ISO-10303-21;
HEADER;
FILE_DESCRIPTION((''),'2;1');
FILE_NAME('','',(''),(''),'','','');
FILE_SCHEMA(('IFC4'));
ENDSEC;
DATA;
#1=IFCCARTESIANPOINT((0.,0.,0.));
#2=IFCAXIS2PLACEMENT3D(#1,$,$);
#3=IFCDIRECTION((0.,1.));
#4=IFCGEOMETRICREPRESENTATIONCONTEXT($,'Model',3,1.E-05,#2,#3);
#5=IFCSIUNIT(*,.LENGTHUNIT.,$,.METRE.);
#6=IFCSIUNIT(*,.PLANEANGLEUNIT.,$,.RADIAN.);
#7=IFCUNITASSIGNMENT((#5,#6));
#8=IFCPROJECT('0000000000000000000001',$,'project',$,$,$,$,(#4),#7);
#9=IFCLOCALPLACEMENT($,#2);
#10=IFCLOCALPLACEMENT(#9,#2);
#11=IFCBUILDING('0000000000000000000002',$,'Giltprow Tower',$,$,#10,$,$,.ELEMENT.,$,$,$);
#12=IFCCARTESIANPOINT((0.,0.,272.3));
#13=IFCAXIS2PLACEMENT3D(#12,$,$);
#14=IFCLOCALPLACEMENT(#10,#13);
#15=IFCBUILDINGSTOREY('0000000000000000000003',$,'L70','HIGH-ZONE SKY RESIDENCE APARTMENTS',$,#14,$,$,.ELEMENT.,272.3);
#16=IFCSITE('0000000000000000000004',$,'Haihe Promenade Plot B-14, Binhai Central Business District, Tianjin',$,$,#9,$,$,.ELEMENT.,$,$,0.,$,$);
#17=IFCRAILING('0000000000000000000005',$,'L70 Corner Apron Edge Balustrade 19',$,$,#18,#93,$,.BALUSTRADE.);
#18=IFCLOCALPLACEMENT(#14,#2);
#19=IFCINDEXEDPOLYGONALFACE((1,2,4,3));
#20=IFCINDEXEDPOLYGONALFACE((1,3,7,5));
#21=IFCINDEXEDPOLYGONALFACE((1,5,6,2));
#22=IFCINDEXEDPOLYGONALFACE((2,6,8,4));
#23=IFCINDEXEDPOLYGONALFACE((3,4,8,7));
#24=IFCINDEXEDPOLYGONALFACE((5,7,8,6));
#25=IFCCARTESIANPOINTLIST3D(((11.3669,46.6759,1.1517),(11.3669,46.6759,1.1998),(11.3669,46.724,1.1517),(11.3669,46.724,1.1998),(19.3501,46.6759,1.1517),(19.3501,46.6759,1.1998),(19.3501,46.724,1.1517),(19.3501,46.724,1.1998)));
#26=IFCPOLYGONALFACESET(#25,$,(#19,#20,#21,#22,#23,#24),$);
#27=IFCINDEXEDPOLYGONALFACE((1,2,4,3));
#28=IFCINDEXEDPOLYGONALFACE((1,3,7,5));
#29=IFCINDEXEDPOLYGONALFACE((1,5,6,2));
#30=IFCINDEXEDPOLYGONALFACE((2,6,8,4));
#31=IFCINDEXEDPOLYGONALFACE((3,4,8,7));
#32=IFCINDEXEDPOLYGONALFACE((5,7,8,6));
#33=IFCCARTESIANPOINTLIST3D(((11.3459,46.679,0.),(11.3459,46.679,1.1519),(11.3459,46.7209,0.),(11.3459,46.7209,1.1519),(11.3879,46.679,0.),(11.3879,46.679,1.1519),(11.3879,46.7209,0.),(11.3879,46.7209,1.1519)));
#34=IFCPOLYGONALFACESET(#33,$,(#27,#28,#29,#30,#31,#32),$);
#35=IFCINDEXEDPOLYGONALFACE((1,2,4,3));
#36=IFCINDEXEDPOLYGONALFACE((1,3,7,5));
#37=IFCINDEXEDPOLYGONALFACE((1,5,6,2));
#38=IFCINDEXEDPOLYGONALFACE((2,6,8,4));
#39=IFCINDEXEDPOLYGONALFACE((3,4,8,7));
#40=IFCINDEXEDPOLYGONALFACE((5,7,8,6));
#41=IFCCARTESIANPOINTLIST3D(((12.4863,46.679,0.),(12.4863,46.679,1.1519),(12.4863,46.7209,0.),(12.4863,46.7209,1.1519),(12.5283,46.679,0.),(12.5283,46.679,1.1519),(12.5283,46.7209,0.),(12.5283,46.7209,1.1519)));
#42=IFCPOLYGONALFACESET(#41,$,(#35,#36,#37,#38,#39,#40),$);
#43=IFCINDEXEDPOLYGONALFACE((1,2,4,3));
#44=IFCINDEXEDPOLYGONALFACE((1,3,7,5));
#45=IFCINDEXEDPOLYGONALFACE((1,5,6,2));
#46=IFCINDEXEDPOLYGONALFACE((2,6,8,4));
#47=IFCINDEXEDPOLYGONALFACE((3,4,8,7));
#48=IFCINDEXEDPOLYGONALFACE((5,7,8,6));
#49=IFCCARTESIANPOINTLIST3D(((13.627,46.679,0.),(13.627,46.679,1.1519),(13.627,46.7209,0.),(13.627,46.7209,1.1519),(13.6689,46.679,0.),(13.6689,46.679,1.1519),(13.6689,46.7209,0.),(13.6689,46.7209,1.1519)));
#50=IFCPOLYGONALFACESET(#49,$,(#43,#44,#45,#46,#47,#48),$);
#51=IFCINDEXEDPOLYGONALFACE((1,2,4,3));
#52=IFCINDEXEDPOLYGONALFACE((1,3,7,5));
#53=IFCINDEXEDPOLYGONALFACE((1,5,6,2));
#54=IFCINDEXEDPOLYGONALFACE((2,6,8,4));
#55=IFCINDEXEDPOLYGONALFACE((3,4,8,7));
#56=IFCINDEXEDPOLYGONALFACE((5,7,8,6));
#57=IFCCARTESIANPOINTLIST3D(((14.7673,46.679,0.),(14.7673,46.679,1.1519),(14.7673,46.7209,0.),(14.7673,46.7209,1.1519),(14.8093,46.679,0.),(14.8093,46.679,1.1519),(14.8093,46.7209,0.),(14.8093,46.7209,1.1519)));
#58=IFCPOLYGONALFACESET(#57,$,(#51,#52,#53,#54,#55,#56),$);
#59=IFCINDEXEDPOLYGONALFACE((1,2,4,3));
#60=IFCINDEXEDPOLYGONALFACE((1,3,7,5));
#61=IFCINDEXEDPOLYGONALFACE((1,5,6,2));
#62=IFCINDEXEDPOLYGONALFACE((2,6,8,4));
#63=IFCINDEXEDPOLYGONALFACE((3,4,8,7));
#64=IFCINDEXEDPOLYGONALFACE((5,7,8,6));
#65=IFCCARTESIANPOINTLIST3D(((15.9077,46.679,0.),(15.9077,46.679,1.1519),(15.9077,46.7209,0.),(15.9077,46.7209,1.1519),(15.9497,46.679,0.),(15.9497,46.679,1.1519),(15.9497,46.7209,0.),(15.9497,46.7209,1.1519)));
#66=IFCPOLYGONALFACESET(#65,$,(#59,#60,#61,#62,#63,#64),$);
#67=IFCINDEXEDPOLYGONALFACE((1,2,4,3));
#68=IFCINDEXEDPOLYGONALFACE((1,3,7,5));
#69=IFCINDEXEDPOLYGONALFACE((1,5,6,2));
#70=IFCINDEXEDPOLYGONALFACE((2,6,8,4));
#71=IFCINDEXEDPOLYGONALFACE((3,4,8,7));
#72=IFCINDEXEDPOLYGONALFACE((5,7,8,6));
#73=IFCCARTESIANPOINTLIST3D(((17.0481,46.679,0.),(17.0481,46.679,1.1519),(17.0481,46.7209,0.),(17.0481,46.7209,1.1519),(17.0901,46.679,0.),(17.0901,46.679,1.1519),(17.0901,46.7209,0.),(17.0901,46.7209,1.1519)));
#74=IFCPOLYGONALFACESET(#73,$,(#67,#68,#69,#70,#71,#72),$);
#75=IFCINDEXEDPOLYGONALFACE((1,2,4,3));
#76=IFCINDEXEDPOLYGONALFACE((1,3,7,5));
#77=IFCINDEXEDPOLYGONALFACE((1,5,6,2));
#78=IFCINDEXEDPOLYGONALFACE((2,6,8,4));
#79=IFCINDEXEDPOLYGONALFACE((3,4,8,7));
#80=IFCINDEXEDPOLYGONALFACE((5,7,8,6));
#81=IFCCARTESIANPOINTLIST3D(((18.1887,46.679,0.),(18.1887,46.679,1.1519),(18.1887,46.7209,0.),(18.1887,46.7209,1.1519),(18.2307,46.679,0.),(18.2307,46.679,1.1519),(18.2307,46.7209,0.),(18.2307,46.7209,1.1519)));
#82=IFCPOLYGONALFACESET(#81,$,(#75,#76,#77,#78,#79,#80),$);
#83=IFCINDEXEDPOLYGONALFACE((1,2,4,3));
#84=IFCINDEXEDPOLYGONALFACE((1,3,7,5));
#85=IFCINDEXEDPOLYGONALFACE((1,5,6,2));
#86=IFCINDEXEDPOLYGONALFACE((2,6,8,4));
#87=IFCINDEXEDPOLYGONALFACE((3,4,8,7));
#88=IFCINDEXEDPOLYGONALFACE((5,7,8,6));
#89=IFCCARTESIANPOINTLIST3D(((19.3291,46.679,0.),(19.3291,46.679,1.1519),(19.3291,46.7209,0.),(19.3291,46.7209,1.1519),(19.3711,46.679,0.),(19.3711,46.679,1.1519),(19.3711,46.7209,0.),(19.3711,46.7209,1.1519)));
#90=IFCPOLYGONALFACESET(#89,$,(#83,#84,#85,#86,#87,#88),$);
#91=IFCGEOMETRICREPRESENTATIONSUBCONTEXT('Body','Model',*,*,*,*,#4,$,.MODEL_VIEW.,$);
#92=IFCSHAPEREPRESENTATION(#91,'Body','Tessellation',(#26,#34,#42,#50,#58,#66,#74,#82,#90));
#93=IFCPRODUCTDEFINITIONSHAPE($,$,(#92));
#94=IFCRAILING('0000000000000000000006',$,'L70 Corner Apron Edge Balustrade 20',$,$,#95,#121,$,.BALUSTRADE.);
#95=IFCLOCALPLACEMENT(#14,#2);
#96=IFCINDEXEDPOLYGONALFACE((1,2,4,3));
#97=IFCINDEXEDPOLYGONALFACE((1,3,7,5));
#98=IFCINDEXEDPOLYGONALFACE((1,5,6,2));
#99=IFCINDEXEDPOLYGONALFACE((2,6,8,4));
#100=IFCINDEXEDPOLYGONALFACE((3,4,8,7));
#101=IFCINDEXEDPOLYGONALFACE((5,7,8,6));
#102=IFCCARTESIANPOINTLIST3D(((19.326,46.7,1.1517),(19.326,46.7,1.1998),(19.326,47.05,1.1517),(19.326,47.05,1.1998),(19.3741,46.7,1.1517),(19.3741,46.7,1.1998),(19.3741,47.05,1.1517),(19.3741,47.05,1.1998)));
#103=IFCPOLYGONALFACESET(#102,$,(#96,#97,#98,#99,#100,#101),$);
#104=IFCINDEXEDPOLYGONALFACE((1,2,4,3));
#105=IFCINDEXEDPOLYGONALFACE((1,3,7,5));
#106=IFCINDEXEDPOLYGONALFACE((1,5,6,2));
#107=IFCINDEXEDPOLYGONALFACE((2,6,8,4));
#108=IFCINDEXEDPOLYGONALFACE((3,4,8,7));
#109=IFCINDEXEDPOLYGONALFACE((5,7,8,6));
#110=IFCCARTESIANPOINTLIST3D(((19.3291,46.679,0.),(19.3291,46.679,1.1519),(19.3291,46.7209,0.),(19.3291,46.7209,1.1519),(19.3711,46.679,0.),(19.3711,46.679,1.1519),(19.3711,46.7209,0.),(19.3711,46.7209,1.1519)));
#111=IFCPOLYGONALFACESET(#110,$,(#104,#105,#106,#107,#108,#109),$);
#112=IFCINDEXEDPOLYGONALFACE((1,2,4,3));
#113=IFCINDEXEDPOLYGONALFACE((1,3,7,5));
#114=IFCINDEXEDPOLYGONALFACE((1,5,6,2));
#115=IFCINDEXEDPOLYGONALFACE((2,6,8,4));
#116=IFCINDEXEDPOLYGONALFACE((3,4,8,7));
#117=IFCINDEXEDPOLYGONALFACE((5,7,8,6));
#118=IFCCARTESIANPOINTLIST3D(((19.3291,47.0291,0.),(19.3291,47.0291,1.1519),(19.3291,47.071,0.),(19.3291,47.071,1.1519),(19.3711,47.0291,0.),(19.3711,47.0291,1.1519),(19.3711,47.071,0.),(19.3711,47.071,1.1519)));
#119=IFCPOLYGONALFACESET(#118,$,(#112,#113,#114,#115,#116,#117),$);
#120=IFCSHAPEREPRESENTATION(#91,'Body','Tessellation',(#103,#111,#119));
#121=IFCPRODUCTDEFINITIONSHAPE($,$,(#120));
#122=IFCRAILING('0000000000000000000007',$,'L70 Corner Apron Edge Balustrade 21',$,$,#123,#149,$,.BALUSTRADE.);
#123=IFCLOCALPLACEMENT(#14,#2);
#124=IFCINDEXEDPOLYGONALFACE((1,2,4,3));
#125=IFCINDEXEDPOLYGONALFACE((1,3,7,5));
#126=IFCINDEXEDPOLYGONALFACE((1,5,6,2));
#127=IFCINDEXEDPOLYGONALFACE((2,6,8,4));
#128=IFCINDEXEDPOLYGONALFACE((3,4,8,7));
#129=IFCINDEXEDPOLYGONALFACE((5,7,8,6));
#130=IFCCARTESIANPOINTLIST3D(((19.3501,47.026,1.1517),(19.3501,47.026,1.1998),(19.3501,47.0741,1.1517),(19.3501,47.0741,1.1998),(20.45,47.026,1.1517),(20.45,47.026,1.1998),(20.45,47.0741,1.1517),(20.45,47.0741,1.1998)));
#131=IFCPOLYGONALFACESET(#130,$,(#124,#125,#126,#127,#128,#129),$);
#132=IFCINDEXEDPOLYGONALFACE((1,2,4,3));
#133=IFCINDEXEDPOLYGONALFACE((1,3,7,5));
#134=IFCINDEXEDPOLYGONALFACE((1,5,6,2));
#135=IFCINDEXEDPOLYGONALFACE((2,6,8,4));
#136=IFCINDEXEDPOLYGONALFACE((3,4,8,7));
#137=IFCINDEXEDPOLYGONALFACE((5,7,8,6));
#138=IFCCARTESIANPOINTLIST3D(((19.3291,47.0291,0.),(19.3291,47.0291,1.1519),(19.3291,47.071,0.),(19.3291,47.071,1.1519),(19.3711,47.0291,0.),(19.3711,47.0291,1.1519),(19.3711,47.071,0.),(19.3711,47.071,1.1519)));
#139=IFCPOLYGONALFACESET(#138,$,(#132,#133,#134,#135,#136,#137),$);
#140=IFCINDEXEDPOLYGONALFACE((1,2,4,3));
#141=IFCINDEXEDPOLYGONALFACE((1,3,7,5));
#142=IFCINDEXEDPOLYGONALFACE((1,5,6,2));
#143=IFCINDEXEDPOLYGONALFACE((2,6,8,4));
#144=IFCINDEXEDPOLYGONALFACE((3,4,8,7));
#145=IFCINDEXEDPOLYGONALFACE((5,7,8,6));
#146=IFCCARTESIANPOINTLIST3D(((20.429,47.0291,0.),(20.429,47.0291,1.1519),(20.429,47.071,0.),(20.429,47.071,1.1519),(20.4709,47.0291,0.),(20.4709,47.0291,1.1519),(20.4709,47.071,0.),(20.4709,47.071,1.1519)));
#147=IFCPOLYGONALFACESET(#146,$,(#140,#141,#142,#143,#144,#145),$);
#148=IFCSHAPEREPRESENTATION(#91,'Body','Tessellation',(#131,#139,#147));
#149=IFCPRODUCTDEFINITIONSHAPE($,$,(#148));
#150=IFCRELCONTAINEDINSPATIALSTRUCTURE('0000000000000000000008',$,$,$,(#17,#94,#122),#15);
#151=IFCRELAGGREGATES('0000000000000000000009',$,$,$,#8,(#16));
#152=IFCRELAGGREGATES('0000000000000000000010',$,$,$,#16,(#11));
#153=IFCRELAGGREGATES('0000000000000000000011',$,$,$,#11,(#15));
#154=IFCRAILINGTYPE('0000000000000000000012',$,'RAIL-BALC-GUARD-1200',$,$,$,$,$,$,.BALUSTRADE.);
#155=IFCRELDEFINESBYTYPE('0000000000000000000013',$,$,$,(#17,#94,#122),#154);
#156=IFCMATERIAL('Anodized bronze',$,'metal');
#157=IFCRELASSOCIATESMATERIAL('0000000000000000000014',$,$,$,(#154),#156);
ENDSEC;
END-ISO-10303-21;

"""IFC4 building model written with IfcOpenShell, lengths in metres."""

from ifc_helpers import new_model, si_unit, direction, frame, origin, origin_2d, place, context, subcontext, project, spatial, rectangle, extrude, material, type_object, element, save


model = new_model("IFC4")

# Units and contexts
model_context = context("Model", 3, precision=1e-05, world=origin(), true_north=direction((0.0, 1.0)))
body_context = subcontext(model_context, "Body", "Model", "MODEL_VIEW")
ifc_project = project(units=[si_unit("LENGTHUNIT", "METRE"), si_unit("PLANEANGLEUNIT", "RADIAN")], contexts=[model_context])

# Site, building, storey
site_placement = place(None, origin())
site = spatial("IfcSite", under=ifc_project, at=site_placement, Name="Haihe Promenade Plot B-14, Binhai Central Business District, Tianjin", CompositionType="ELEMENT", RefElevation=0.0)
building_placement = place(site_placement, origin())
building = spatial("IfcBuilding", under=site, at=building_placement, Name="Giltprow Tower", CompositionType="ELEMENT")
storey_placement = place(building_placement, frame((0.0, 0.0, 272.3)))
storey = spatial("IfcBuildingStorey", under=building, at=storey_placement, Name="L70", Description="HIGH-ZONE SKY RESIDENCE APARTMENTS", CompositionType="ELEMENT", Elevation=272.3)

# Railings
ifc_material_1 = material(Name="Anodized bronze", Category="metal")
railing_type = type_object("IfcRailingType", Name="RAIL-BALC-GUARD-1200", PredefinedType="BALUSTRADE", material=ifc_material_1)
railing_1_placement = place(storey_placement, frame((11.3669, 46.7, 0.0)))
element("IfcRailing", 1, at=railing_1_placement, inside=storey, type_object=railing_type, Name="L70 Corner Apron Edge Balustrade 19", PredefinedType="BALUSTRADE", context=body_context, shape_type="SweptSolid", body=[
    extrude(rectangle(XDim=0.0481, YDim=0.0481, at=origin_2d()), frame((0.0, 0.0, 1.1758), z_axis=(1.0, 0.0, 0.0), x_axis=(0.0, 1.0, 0.0)), (0.0, 0.0, 1.0), 7.9832),
    extrude(rectangle(XDim=0.042, YDim=0.042, at=origin_2d()), origin(), (0.0, 0.0, 1.0), 1.1519),
    extrude(rectangle(XDim=0.042, YDim=0.042, at=origin_2d()), frame((1.1404, 0.0, 0.0)), (0.0, 0.0, 1.0), 1.1519),
    extrude(rectangle(XDim=0.042, YDim=0.042, at=origin_2d()), frame((2.281, 0.0, 0.0)), (0.0, 0.0, 1.0), 1.1519),
    extrude(rectangle(XDim=0.042, YDim=0.042, at=origin_2d()), frame((3.4214, 0.0, 0.0)), (0.0, 0.0, 1.0), 1.1519),
    extrude(rectangle(XDim=0.042, YDim=0.042, at=origin_2d()), frame((4.5618, 0.0, 0.0)), (0.0, 0.0, 1.0), 1.1519),
    extrude(rectangle(XDim=0.042, YDim=0.042, at=origin_2d()), frame((5.7021, 0.0, 0.0)), (0.0, 0.0, 1.0), 1.1519),
    extrude(rectangle(XDim=0.042, YDim=0.042, at=origin_2d()), frame((6.8428, 0.0, 0.0)), (0.0, 0.0, 1.0), 1.1519),
    extrude(rectangle(XDim=0.042, YDim=0.042, at=origin_2d()), frame((7.9832, 0.0, 0.0)), (0.0, 0.0, 1.0), 1.1519),
])
railing_2_placement = place(storey_placement, frame((19.3501, 46.7, 0.0)))
element("IfcRailing", 2, at=railing_2_placement, inside=storey, type_object=railing_type, Name="L70 Corner Apron Edge Balustrade 20", PredefinedType="BALUSTRADE", context=body_context, shape_type="SweptSolid", body=[
    extrude(rectangle(XDim=0.0481, YDim=0.0481, at=origin_2d()), frame((0.0, 0.0, 1.1758), z_axis=(0.0, 1.0, 0.0), x_axis=(-1.0, 0.0, 0.0)), (0.0, 0.0, 1.0), 0.3501),
    extrude(rectangle(XDim=0.042, YDim=0.042, at=origin_2d()), origin(), (0.0, 0.0, 1.0), 1.1519),
    extrude(rectangle(XDim=0.042, YDim=0.042, at=origin_2d()), frame((0.0, 0.3501, 0.0)), (0.0, 0.0, 1.0), 1.1519),
])
railing_3_placement = place(storey_placement, frame((19.3501, 47.05, 0.0)))
element("IfcRailing", 3, at=railing_3_placement, inside=storey, type_object=railing_type, Name="L70 Corner Apron Edge Balustrade 21", PredefinedType="BALUSTRADE", context=body_context, shape_type="SweptSolid", body=[
    extrude(rectangle(XDim=0.0481, YDim=0.0481, at=origin_2d()), frame((0.0, 0.0, 1.1758), z_axis=(1.0, 0.0, 0.0), x_axis=(0.0, 1.0, 0.0)), (0.0, 0.0, 1.0), 1.0999),
    extrude(rectangle(XDim=0.042, YDim=0.042, at=origin_2d()), origin(), (0.0, 0.0, 1.0), 1.1519),
    extrude(rectangle(XDim=0.042, YDim=0.042, at=origin_2d()), frame((1.0999, 0.0, 0.0)), (0.0, 0.0, 1.0), 1.1519),
])

save(model, "model.ifc")
